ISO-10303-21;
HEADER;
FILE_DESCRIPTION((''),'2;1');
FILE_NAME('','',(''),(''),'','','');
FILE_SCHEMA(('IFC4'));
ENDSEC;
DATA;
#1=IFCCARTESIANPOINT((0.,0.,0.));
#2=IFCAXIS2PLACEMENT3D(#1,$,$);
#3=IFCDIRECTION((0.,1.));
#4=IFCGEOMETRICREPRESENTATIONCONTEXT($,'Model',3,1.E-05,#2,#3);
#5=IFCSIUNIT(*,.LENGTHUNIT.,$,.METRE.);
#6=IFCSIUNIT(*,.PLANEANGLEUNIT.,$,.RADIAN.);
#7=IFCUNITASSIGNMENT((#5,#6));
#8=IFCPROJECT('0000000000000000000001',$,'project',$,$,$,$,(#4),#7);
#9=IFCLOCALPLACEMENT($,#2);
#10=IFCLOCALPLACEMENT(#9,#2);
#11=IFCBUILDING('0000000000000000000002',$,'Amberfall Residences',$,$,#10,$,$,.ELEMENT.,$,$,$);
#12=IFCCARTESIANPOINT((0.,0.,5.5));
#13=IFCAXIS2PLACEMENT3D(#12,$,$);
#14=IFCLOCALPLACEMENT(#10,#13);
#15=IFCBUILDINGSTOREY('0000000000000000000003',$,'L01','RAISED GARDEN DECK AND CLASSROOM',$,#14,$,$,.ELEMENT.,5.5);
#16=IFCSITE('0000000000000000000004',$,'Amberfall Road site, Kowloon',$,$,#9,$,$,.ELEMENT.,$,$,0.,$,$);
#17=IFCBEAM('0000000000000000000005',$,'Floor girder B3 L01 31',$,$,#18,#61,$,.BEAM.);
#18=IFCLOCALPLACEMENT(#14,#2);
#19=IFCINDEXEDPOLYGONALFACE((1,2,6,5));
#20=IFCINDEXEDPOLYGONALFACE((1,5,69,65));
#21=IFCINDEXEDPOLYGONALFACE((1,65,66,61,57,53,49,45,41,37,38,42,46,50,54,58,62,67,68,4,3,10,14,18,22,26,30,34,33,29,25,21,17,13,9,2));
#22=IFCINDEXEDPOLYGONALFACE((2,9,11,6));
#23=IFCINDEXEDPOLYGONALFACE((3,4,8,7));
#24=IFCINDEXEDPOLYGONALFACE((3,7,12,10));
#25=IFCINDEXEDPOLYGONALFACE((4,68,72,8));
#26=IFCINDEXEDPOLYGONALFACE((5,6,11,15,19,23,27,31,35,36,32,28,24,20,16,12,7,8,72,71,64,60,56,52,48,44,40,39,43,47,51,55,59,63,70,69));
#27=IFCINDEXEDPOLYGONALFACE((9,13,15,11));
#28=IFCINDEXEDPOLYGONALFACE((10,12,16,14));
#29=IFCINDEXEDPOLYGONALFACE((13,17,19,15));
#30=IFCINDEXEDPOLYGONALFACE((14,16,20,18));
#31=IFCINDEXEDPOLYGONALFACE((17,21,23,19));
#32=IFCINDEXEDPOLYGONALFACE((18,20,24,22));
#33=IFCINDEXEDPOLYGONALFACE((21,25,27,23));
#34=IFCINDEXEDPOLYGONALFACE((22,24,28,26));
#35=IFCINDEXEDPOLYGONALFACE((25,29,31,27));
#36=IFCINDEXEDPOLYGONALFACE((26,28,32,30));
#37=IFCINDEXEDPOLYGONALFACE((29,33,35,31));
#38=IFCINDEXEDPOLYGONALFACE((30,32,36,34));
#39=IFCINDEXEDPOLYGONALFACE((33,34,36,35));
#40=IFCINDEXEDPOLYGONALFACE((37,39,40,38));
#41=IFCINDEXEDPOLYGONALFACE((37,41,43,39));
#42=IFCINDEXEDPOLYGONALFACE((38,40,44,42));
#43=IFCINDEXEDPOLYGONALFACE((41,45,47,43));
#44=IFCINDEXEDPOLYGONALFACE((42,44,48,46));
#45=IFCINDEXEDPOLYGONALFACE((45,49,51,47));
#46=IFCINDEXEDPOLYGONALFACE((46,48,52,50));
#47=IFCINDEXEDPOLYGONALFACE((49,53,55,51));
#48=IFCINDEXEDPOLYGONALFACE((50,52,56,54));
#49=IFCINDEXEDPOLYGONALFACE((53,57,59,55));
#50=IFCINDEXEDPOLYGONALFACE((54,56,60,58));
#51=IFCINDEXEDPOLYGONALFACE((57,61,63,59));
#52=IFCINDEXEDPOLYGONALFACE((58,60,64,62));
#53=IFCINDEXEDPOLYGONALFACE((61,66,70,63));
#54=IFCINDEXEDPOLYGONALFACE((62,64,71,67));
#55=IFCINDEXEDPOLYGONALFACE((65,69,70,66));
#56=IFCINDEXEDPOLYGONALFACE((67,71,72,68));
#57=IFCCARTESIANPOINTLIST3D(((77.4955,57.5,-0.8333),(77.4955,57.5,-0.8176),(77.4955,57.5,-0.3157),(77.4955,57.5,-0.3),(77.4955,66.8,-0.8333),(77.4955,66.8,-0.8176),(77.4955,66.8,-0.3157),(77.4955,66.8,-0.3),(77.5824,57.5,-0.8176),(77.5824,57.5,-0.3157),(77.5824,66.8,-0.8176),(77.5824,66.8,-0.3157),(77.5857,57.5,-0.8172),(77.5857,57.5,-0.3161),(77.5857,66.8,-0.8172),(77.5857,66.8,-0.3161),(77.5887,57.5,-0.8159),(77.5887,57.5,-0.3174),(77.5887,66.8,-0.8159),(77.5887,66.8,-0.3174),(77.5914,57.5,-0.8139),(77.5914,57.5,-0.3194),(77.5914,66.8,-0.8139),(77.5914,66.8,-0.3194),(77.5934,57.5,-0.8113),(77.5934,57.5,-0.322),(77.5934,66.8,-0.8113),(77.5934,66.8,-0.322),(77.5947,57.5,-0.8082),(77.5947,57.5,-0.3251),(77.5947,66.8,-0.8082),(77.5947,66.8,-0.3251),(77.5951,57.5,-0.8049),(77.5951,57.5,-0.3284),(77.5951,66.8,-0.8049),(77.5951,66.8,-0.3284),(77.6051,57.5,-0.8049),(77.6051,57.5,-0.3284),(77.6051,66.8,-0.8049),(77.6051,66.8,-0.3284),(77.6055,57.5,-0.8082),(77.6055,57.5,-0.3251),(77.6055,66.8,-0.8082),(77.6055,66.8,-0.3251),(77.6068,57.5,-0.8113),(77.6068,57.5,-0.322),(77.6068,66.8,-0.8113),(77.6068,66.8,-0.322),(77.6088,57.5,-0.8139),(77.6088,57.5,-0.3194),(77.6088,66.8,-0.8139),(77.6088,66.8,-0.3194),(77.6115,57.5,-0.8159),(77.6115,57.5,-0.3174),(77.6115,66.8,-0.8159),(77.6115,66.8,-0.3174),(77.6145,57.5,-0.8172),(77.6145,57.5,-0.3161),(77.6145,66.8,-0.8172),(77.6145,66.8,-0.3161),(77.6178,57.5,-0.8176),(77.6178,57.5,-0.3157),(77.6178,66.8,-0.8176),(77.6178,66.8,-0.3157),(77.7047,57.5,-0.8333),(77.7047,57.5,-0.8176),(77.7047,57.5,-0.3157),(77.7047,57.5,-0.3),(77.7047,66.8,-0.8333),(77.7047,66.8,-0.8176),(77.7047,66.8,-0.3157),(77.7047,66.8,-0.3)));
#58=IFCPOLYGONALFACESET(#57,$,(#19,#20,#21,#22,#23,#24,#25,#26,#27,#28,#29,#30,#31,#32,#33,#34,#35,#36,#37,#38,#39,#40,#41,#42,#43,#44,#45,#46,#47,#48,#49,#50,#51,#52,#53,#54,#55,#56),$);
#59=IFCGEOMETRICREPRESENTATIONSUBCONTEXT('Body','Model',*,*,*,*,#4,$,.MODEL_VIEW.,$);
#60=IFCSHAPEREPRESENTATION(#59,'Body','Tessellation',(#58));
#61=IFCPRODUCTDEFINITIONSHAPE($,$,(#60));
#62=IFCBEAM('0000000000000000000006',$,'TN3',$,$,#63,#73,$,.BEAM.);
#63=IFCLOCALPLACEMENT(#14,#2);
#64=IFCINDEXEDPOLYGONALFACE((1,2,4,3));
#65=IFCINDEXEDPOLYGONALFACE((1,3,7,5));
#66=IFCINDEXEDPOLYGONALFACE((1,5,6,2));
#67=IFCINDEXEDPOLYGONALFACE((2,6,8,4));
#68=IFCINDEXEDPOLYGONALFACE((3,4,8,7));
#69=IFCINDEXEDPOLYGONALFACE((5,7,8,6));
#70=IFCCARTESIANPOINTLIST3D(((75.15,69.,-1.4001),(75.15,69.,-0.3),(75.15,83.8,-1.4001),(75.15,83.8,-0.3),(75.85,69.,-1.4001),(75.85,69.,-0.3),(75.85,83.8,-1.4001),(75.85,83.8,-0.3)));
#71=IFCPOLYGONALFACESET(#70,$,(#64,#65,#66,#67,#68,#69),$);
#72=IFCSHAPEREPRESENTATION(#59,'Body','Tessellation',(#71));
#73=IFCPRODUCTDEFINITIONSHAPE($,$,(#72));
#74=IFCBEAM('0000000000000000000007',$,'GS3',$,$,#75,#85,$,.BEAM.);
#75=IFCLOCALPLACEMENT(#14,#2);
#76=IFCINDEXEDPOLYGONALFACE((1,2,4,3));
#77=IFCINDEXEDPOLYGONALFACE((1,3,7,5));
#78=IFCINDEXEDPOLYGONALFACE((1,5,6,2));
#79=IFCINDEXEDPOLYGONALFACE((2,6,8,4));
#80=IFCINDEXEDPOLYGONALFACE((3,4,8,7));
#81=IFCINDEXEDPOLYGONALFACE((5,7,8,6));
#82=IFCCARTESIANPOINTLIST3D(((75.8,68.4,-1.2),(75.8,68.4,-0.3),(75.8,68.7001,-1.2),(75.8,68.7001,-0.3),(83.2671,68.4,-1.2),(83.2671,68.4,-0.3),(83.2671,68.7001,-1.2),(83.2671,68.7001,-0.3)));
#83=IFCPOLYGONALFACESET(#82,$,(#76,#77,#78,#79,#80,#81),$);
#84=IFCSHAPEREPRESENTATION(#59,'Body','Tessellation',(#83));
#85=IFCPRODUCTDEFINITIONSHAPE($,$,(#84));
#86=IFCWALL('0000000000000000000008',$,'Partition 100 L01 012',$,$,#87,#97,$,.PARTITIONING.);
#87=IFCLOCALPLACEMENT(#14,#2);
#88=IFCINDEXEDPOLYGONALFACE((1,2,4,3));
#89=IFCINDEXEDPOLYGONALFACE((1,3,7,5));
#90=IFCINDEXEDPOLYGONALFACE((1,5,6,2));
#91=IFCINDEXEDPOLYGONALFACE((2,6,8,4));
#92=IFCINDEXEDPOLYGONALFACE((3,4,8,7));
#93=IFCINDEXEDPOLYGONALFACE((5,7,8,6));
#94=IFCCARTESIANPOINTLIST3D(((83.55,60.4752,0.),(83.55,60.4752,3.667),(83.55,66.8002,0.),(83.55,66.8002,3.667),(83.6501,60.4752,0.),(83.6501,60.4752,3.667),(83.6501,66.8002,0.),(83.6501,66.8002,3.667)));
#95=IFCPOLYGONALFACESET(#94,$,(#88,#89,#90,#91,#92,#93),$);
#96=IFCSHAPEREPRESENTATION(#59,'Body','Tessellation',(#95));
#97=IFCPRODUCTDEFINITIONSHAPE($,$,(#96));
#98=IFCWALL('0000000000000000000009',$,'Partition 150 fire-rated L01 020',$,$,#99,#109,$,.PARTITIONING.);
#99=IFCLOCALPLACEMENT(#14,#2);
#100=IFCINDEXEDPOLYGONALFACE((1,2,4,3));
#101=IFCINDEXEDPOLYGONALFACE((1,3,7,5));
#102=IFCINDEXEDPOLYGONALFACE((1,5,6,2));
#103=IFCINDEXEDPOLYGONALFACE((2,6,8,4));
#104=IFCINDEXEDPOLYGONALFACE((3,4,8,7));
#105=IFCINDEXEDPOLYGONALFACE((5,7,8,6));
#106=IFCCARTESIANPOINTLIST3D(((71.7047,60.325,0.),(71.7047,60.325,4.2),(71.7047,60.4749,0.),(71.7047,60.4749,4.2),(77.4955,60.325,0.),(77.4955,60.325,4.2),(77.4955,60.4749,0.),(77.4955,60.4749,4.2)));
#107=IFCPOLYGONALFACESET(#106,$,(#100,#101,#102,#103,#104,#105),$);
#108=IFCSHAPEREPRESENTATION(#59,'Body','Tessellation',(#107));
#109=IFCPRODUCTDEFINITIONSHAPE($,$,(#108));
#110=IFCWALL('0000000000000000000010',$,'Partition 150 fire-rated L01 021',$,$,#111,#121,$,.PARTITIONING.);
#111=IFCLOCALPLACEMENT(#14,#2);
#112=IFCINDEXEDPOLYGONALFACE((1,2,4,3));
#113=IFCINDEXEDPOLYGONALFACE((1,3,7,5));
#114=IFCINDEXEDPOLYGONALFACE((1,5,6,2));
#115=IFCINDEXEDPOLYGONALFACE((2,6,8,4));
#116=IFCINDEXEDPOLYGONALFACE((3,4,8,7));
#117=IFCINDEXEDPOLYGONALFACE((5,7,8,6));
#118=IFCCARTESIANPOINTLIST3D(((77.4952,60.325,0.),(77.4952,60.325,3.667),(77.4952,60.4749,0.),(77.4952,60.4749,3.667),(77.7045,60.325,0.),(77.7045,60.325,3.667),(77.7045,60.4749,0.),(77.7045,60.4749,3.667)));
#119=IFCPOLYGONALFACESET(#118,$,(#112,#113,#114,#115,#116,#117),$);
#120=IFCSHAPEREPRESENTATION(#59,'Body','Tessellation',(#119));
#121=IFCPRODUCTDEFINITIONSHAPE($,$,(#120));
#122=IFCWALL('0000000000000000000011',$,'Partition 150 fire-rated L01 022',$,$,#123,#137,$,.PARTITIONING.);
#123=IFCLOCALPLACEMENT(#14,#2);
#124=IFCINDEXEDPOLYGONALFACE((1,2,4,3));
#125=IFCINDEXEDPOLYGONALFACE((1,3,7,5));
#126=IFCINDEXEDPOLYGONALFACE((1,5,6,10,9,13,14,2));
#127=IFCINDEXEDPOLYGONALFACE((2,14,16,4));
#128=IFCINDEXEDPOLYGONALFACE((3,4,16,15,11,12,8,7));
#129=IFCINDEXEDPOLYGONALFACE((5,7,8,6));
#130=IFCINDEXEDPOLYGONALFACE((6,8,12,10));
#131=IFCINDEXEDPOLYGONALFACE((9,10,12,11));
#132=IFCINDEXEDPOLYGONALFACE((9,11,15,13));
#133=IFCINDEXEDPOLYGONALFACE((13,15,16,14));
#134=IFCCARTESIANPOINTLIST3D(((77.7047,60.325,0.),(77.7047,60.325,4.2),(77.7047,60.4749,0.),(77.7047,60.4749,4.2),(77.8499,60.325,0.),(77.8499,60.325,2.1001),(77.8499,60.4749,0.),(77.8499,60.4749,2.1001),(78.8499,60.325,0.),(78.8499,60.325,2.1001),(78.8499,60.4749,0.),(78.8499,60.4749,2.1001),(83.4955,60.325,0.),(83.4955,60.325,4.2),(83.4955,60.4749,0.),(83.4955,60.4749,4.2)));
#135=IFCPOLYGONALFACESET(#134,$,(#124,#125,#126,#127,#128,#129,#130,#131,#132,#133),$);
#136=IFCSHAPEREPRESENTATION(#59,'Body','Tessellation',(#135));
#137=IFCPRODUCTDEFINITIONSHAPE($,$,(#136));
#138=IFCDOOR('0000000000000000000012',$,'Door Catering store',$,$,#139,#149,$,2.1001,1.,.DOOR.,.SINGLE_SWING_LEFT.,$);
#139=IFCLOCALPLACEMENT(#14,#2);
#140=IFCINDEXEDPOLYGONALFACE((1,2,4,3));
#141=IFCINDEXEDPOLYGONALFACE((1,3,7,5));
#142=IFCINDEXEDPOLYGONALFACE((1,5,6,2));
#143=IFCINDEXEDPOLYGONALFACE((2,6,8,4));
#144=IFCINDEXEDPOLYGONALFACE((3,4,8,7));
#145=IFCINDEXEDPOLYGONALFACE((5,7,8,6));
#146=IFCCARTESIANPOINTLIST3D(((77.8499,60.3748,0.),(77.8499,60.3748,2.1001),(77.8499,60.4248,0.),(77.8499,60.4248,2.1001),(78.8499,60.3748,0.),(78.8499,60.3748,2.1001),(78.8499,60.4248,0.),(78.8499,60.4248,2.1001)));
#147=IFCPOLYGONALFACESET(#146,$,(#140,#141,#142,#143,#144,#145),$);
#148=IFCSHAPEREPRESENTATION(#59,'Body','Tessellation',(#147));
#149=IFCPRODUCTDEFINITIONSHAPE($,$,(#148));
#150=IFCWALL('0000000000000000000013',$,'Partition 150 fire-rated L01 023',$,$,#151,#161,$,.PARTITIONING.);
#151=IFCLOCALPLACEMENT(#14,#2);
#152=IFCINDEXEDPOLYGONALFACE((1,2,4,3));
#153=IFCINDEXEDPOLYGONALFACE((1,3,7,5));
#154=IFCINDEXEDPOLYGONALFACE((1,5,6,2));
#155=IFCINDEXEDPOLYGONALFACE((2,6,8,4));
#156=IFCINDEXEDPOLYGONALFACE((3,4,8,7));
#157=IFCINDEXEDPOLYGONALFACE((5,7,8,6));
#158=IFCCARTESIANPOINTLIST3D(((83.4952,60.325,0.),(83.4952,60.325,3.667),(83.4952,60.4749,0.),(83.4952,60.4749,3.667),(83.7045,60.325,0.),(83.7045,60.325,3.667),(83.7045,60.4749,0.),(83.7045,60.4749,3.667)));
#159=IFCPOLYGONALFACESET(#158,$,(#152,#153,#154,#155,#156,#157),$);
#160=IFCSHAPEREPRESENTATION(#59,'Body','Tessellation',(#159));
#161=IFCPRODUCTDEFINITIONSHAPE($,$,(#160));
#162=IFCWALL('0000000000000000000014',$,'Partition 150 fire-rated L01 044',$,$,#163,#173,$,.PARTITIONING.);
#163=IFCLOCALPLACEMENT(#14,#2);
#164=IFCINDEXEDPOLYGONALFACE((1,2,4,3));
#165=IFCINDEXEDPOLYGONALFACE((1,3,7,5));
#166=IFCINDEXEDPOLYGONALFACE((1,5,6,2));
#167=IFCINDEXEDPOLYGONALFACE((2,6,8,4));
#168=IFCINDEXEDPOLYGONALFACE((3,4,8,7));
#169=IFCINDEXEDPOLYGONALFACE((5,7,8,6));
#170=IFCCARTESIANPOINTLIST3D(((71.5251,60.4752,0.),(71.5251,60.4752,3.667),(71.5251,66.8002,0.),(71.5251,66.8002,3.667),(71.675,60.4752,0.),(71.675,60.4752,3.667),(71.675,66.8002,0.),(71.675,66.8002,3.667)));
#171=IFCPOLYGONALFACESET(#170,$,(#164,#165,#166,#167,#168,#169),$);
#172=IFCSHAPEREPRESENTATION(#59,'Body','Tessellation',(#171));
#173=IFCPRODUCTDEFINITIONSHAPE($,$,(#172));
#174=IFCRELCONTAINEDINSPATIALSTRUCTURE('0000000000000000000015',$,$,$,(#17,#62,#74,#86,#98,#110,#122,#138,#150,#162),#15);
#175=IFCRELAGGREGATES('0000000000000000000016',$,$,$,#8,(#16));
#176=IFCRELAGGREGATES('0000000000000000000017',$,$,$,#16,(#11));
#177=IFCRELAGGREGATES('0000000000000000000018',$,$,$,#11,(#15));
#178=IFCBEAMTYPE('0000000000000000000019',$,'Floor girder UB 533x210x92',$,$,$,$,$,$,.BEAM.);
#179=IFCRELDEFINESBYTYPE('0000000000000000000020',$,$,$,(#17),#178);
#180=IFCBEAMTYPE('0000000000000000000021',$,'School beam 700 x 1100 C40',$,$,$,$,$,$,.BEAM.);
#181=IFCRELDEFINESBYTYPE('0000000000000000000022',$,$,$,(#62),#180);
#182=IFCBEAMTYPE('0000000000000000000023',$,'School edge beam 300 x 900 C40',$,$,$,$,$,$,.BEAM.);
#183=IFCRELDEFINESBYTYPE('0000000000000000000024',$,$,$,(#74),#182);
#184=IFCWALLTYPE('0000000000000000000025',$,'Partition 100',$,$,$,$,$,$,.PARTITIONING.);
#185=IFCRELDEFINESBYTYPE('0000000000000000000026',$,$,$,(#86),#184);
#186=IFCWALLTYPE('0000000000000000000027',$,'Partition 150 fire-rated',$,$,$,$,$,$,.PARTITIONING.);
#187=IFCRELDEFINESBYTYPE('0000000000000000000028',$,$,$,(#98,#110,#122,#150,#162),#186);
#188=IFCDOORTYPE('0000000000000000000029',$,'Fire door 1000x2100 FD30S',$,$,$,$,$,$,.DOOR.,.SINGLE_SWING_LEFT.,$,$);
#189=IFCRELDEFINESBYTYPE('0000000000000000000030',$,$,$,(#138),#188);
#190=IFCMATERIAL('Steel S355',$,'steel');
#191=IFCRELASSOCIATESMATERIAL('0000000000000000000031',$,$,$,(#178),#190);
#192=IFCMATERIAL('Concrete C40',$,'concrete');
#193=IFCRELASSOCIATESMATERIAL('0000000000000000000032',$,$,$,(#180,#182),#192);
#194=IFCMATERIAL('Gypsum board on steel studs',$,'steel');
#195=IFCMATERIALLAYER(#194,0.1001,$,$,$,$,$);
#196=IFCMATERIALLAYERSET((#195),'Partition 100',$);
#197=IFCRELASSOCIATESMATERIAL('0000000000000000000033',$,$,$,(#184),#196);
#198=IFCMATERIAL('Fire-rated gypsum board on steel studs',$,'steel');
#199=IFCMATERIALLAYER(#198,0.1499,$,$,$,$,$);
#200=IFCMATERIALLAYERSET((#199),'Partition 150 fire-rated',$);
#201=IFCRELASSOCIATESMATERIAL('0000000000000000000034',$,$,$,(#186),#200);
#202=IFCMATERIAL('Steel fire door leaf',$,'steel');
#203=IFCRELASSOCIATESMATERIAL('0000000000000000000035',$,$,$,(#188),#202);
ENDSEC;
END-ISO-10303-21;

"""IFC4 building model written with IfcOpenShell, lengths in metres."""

from ifc_helpers import new_model, si_unit, direction, frame, frame_2d, origin, origin_2d, place, context, subcontext, project, spatial, rectangle, i_section, extrude, material, layer, layer_set, material_profile, profile_set, type_object, element, fill, save


model = new_model("IFC4")

# Units and contexts
model_context = context("Model", 3, precision=1e-05, world=origin(), true_north=direction((0.0, 1.0)))
body_context = subcontext(model_context, "Body", "Model", "MODEL_VIEW")
ifc_project = project(units=[si_unit("LENGTHUNIT", "METRE"), si_unit("PLANEANGLEUNIT", "RADIAN")], contexts=[model_context])

# Site, building, storey
site_placement = place(None, origin())
site = spatial("IfcSite", under=ifc_project, at=site_placement, Name="Amberfall Road site, Kowloon", CompositionType="ELEMENT", RefElevation=0.0)
building_placement = place(site_placement, origin())
building = spatial("IfcBuilding", under=site, at=building_placement, Name="Amberfall Residences", CompositionType="ELEMENT")
storey_placement = place(building_placement, frame((0.0, 0.0, 5.5)))
storey = spatial("IfcBuildingStorey", under=building, at=storey_placement, Name="L01", Description="RAISED GARDEN DECK AND CLASSROOM", CompositionType="ELEMENT", Elevation=5.5)

# Beams
ifc_material_1 = material(Name="Steel S355", Category="steel")
ifc_material_profile_1 = material_profile(ifc_material_1, i_section(OverallWidth=0.2092, OverallDepth=0.5332, WebThickness=0.01, FlangeThickness=0.0156, FilletRadius=0.0127, at=origin_2d()), Name="UB 533x210x92")
ifc_profile_set_1 = profile_set([ifc_material_profile_1], Name="Steel S355")
beam_type_1 = type_object("IfcBeamType", Name="Floor girder UB 533x210x92", PredefinedType="BEAM", material=ifc_profile_set_1)
for number, where, z_axis, x_axis, name in (
    (1, (77.6001, 66.8, -0.5667), (0.0, -1.0, 0.0), (1.0, 0.0, 0.0), "Floor girder B3 L01 31"),
):
    element("IfcBeam", number, at=place(storey_placement, frame(where, z_axis=z_axis, x_axis=x_axis)), inside=storey, type_object=beam_type_1, Name=name, PredefinedType="BEAM", context=body_context, shape_type="SweptSolid", body=[
        extrude(i_section(OverallWidth=0.2092, OverallDepth=0.5332, WebThickness=0.01, FlangeThickness=0.0156, FilletRadius=0.0127, at=origin_2d()), origin(), (0.0, 0.0, 1.0), 9.3),
    ])
ifc_material_2 = material(Name="Concrete C40", Category="concrete")
ifc_material_profile_2 = material_profile(ifc_material_2, rectangle(XDim=0.7, YDim=1.1001, at=origin_2d()), Name="School beam 700 x 1100 C40")
ifc_profile_set_2 = profile_set([ifc_material_profile_2], Name="Concrete C40")
beam_type_2 = type_object("IfcBeamType", Name="School beam 700 x 1100 C40", PredefinedType="BEAM", material=ifc_profile_set_2)
beam_1_placement = place(storey_placement, frame((75.5, 69.0, -0.8501), z_axis=(0.0, 1.0, 0.0), x_axis=(-1.0, 0.0, 0.0)))
element("IfcBeam", 2, at=beam_1_placement, inside=storey, type_object=beam_type_2, Name="TN3", PredefinedType="BEAM", context=body_context, shape_type="SweptSolid", body=[
    extrude(rectangle(XDim=0.7, YDim=1.1001, at=origin_2d()), origin(), (0.0, 0.0, 1.0), 14.8),
])
ifc_material_profile_3 = material_profile(ifc_material_2, rectangle(XDim=0.3, YDim=0.8999, at=origin_2d()), Name="School edge beam 300 x 900 C40")
ifc_profile_set_3 = profile_set([ifc_material_profile_3], Name="Concrete C40")
beam_type_3 = type_object("IfcBeamType", Name="School edge beam 300 x 900 C40", PredefinedType="BEAM", material=ifc_profile_set_3)
beam_2_placement = place(storey_placement, frame((75.8, 68.55, -0.75), z_axis=(1.0, 0.0, 0.0), x_axis=(0.0, 1.0, 0.0)))
element("IfcBeam", 3, at=beam_2_placement, inside=storey, type_object=beam_type_3, Name="GS3", PredefinedType="BEAM", context=body_context, shape_type="SweptSolid", body=[
    extrude(rectangle(XDim=0.3, YDim=0.8999, at=origin_2d()), origin(), (0.0, 0.0, 1.0), 7.467),
])

# Walls
ifc_material_3 = material(Name="Gypsum board on steel studs", Category="steel")
ifc_layer_1 = layer(ifc_material_3, 0.1001)
ifc_layer_set_1 = layer_set([ifc_layer_1], Name="Partition 100")
wall_type_1 = type_object("IfcWallType", Name="Partition 100", PredefinedType="PARTITIONING", material=ifc_layer_set_1)
wall_1_placement = place(storey_placement, frame((83.6001, 60.4751, 0.0), z_axis=(0.0, 0.0, 1.0), x_axis=(0.0, 1.0, 0.0)))
element("IfcWall", 4, at=wall_1_placement, inside=storey, type_object=wall_type_1, Name="Partition 100 L01 012", PredefinedType="PARTITIONING", context=body_context, shape_type="SweptSolid", body=[
    extrude(rectangle(XDim=6.325, YDim=0.1001, at=frame_2d((3.1626, 0.0))), origin(), (0.0, 0.0, 1.0), 3.667),
])
ifc_material_4 = material(Name="Fire-rated gypsum board on steel studs", Category="steel")
ifc_layer_2 = layer(ifc_material_4, 0.1499)
ifc_layer_set_2 = layer_set([ifc_layer_2], Name="Partition 150 fire-rated")
wall_type_2 = type_object("IfcWallType", Name="Partition 150 fire-rated", PredefinedType="PARTITIONING", material=ifc_layer_set_2)
wall_2_placement = place(storey_placement, frame((71.7046, 60.3999, 0.0), z_axis=(0.0, 0.0, 1.0), x_axis=(1.0, 0.0, 0.0)))
element("IfcWall", 5, at=wall_2_placement, inside=storey, type_object=wall_type_2, Name="Partition 150 fire-rated L01 020", PredefinedType="PARTITIONING", context=body_context, shape_type="SweptSolid", body=[
    extrude(rectangle(XDim=5.7908, YDim=0.1499, at=frame_2d((2.8955, 0.0))), origin(), (0.0, 0.0, 1.0), 4.2),
])
wall_3_placement = place(storey_placement, frame((77.4954, 60.3999, 0.0), z_axis=(0.0, 0.0, 1.0), x_axis=(1.0, 0.0, 0.0)))
element("IfcWall", 6, at=wall_3_placement, inside=storey, type_object=wall_type_2, Name="Partition 150 fire-rated L01 021", PredefinedType="PARTITIONING", context=body_context, shape_type="SweptSolid", body=[
    extrude(rectangle(XDim=0.2092, YDim=0.1499, at=frame_2d((0.1045, 0.0))), origin(), (0.0, 0.0, 1.0), 3.667),
])

# Wall, opening, door
wall_4_placement = place(storey_placement, frame((77.7046, 60.3999, 0.0), z_axis=(0.0, 0.0, 1.0), x_axis=(1.0, 0.0, 0.0)))
wall_4 = element("IfcWall", 7, at=wall_4_placement, inside=storey, type_object=wall_type_2, Name="Partition 150 fire-rated L01 022", PredefinedType="PARTITIONING", context=body_context, shape_type="SweptSolid", body=[
    extrude(rectangle(XDim=5.7908, YDim=0.1499, at=frame_2d((2.8955, 0.0))), origin(), (0.0, 0.0, 1.0), 4.2),
])
opening_placement = place(wall_4_placement, frame((0.1453, 0.0, 0.0)))
opening = element("IfcOpeningElement", 8, at=opening_placement, cuts=wall_4, PredefinedType="OPENING", context=body_context, shape_type="SweptSolid", body=[
    extrude(rectangle(XDim=1.0, YDim=2.1001, at=frame_2d((0.5, 1.05))), frame((0.0, 0.085, 0.0), z_axis=(0.0, -1.0, 0.0), x_axis=(1.0, 0.0, 0.0)), (0.0, 0.0, 1.0), 0.1699),
])
ifc_material_5 = material(Name="Steel fire door leaf", Category="steel")
door_type = type_object("IfcDoorType", Name="Fire door 1000x2100 FD30S", OperationType="SINGLE_SWING_LEFT", PredefinedType="DOOR", material=ifc_material_5)
door_placement = place(opening_placement, origin())
door = element("IfcDoor", 9, at=door_placement, inside=storey, type_object=door_type, Name="Door Catering store", OperationType="SINGLE_SWING_LEFT", OverallHeight=2.1001, OverallWidth=1.0, PredefinedType="DOOR", context=body_context, shape_type="SweptSolid", body=[
    extrude(rectangle(XDim=1.0, YDim=2.1001, at=frame_2d((0.5, 1.05))), frame((0.0, 0.0249, 0.0), z_axis=(0.0, -1.0, 0.0), x_axis=(1.0, 0.0, 0.0)), (0.0, 0.0, 1.0), 0.05),
])
fill(opening, door)

# Walls
wall_5_placement = place(storey_placement, frame((83.4954, 60.3999, 0.0), z_axis=(0.0, 0.0, 1.0), x_axis=(1.0, 0.0, 0.0)))
element("IfcWall", 10, at=wall_5_placement, inside=storey, type_object=wall_type_2, Name="Partition 150 fire-rated L01 023", PredefinedType="PARTITIONING", context=body_context, shape_type="SweptSolid", body=[
    extrude(rectangle(XDim=0.2092, YDim=0.1499, at=frame_2d((0.1045, 0.0))), origin(), (0.0, 0.0, 1.0), 3.667),
])
wall_6_placement = place(storey_placement, frame((71.6001, 60.4751, 0.0), z_axis=(0.0, 0.0, 1.0), x_axis=(0.0, 1.0, 0.0)))
element("IfcWall", 11, at=wall_6_placement, inside=storey, type_object=wall_type_2, Name="Partition 150 fire-rated L01 044", PredefinedType="PARTITIONING", context=body_context, shape_type="SweptSolid", body=[
    extrude(rectangle(XDim=6.325, YDim=0.1499, at=frame_2d((3.1626, 0.0))), origin(), (0.0, 0.0, 1.0), 3.667),
])

save(model, "model.ifc")
